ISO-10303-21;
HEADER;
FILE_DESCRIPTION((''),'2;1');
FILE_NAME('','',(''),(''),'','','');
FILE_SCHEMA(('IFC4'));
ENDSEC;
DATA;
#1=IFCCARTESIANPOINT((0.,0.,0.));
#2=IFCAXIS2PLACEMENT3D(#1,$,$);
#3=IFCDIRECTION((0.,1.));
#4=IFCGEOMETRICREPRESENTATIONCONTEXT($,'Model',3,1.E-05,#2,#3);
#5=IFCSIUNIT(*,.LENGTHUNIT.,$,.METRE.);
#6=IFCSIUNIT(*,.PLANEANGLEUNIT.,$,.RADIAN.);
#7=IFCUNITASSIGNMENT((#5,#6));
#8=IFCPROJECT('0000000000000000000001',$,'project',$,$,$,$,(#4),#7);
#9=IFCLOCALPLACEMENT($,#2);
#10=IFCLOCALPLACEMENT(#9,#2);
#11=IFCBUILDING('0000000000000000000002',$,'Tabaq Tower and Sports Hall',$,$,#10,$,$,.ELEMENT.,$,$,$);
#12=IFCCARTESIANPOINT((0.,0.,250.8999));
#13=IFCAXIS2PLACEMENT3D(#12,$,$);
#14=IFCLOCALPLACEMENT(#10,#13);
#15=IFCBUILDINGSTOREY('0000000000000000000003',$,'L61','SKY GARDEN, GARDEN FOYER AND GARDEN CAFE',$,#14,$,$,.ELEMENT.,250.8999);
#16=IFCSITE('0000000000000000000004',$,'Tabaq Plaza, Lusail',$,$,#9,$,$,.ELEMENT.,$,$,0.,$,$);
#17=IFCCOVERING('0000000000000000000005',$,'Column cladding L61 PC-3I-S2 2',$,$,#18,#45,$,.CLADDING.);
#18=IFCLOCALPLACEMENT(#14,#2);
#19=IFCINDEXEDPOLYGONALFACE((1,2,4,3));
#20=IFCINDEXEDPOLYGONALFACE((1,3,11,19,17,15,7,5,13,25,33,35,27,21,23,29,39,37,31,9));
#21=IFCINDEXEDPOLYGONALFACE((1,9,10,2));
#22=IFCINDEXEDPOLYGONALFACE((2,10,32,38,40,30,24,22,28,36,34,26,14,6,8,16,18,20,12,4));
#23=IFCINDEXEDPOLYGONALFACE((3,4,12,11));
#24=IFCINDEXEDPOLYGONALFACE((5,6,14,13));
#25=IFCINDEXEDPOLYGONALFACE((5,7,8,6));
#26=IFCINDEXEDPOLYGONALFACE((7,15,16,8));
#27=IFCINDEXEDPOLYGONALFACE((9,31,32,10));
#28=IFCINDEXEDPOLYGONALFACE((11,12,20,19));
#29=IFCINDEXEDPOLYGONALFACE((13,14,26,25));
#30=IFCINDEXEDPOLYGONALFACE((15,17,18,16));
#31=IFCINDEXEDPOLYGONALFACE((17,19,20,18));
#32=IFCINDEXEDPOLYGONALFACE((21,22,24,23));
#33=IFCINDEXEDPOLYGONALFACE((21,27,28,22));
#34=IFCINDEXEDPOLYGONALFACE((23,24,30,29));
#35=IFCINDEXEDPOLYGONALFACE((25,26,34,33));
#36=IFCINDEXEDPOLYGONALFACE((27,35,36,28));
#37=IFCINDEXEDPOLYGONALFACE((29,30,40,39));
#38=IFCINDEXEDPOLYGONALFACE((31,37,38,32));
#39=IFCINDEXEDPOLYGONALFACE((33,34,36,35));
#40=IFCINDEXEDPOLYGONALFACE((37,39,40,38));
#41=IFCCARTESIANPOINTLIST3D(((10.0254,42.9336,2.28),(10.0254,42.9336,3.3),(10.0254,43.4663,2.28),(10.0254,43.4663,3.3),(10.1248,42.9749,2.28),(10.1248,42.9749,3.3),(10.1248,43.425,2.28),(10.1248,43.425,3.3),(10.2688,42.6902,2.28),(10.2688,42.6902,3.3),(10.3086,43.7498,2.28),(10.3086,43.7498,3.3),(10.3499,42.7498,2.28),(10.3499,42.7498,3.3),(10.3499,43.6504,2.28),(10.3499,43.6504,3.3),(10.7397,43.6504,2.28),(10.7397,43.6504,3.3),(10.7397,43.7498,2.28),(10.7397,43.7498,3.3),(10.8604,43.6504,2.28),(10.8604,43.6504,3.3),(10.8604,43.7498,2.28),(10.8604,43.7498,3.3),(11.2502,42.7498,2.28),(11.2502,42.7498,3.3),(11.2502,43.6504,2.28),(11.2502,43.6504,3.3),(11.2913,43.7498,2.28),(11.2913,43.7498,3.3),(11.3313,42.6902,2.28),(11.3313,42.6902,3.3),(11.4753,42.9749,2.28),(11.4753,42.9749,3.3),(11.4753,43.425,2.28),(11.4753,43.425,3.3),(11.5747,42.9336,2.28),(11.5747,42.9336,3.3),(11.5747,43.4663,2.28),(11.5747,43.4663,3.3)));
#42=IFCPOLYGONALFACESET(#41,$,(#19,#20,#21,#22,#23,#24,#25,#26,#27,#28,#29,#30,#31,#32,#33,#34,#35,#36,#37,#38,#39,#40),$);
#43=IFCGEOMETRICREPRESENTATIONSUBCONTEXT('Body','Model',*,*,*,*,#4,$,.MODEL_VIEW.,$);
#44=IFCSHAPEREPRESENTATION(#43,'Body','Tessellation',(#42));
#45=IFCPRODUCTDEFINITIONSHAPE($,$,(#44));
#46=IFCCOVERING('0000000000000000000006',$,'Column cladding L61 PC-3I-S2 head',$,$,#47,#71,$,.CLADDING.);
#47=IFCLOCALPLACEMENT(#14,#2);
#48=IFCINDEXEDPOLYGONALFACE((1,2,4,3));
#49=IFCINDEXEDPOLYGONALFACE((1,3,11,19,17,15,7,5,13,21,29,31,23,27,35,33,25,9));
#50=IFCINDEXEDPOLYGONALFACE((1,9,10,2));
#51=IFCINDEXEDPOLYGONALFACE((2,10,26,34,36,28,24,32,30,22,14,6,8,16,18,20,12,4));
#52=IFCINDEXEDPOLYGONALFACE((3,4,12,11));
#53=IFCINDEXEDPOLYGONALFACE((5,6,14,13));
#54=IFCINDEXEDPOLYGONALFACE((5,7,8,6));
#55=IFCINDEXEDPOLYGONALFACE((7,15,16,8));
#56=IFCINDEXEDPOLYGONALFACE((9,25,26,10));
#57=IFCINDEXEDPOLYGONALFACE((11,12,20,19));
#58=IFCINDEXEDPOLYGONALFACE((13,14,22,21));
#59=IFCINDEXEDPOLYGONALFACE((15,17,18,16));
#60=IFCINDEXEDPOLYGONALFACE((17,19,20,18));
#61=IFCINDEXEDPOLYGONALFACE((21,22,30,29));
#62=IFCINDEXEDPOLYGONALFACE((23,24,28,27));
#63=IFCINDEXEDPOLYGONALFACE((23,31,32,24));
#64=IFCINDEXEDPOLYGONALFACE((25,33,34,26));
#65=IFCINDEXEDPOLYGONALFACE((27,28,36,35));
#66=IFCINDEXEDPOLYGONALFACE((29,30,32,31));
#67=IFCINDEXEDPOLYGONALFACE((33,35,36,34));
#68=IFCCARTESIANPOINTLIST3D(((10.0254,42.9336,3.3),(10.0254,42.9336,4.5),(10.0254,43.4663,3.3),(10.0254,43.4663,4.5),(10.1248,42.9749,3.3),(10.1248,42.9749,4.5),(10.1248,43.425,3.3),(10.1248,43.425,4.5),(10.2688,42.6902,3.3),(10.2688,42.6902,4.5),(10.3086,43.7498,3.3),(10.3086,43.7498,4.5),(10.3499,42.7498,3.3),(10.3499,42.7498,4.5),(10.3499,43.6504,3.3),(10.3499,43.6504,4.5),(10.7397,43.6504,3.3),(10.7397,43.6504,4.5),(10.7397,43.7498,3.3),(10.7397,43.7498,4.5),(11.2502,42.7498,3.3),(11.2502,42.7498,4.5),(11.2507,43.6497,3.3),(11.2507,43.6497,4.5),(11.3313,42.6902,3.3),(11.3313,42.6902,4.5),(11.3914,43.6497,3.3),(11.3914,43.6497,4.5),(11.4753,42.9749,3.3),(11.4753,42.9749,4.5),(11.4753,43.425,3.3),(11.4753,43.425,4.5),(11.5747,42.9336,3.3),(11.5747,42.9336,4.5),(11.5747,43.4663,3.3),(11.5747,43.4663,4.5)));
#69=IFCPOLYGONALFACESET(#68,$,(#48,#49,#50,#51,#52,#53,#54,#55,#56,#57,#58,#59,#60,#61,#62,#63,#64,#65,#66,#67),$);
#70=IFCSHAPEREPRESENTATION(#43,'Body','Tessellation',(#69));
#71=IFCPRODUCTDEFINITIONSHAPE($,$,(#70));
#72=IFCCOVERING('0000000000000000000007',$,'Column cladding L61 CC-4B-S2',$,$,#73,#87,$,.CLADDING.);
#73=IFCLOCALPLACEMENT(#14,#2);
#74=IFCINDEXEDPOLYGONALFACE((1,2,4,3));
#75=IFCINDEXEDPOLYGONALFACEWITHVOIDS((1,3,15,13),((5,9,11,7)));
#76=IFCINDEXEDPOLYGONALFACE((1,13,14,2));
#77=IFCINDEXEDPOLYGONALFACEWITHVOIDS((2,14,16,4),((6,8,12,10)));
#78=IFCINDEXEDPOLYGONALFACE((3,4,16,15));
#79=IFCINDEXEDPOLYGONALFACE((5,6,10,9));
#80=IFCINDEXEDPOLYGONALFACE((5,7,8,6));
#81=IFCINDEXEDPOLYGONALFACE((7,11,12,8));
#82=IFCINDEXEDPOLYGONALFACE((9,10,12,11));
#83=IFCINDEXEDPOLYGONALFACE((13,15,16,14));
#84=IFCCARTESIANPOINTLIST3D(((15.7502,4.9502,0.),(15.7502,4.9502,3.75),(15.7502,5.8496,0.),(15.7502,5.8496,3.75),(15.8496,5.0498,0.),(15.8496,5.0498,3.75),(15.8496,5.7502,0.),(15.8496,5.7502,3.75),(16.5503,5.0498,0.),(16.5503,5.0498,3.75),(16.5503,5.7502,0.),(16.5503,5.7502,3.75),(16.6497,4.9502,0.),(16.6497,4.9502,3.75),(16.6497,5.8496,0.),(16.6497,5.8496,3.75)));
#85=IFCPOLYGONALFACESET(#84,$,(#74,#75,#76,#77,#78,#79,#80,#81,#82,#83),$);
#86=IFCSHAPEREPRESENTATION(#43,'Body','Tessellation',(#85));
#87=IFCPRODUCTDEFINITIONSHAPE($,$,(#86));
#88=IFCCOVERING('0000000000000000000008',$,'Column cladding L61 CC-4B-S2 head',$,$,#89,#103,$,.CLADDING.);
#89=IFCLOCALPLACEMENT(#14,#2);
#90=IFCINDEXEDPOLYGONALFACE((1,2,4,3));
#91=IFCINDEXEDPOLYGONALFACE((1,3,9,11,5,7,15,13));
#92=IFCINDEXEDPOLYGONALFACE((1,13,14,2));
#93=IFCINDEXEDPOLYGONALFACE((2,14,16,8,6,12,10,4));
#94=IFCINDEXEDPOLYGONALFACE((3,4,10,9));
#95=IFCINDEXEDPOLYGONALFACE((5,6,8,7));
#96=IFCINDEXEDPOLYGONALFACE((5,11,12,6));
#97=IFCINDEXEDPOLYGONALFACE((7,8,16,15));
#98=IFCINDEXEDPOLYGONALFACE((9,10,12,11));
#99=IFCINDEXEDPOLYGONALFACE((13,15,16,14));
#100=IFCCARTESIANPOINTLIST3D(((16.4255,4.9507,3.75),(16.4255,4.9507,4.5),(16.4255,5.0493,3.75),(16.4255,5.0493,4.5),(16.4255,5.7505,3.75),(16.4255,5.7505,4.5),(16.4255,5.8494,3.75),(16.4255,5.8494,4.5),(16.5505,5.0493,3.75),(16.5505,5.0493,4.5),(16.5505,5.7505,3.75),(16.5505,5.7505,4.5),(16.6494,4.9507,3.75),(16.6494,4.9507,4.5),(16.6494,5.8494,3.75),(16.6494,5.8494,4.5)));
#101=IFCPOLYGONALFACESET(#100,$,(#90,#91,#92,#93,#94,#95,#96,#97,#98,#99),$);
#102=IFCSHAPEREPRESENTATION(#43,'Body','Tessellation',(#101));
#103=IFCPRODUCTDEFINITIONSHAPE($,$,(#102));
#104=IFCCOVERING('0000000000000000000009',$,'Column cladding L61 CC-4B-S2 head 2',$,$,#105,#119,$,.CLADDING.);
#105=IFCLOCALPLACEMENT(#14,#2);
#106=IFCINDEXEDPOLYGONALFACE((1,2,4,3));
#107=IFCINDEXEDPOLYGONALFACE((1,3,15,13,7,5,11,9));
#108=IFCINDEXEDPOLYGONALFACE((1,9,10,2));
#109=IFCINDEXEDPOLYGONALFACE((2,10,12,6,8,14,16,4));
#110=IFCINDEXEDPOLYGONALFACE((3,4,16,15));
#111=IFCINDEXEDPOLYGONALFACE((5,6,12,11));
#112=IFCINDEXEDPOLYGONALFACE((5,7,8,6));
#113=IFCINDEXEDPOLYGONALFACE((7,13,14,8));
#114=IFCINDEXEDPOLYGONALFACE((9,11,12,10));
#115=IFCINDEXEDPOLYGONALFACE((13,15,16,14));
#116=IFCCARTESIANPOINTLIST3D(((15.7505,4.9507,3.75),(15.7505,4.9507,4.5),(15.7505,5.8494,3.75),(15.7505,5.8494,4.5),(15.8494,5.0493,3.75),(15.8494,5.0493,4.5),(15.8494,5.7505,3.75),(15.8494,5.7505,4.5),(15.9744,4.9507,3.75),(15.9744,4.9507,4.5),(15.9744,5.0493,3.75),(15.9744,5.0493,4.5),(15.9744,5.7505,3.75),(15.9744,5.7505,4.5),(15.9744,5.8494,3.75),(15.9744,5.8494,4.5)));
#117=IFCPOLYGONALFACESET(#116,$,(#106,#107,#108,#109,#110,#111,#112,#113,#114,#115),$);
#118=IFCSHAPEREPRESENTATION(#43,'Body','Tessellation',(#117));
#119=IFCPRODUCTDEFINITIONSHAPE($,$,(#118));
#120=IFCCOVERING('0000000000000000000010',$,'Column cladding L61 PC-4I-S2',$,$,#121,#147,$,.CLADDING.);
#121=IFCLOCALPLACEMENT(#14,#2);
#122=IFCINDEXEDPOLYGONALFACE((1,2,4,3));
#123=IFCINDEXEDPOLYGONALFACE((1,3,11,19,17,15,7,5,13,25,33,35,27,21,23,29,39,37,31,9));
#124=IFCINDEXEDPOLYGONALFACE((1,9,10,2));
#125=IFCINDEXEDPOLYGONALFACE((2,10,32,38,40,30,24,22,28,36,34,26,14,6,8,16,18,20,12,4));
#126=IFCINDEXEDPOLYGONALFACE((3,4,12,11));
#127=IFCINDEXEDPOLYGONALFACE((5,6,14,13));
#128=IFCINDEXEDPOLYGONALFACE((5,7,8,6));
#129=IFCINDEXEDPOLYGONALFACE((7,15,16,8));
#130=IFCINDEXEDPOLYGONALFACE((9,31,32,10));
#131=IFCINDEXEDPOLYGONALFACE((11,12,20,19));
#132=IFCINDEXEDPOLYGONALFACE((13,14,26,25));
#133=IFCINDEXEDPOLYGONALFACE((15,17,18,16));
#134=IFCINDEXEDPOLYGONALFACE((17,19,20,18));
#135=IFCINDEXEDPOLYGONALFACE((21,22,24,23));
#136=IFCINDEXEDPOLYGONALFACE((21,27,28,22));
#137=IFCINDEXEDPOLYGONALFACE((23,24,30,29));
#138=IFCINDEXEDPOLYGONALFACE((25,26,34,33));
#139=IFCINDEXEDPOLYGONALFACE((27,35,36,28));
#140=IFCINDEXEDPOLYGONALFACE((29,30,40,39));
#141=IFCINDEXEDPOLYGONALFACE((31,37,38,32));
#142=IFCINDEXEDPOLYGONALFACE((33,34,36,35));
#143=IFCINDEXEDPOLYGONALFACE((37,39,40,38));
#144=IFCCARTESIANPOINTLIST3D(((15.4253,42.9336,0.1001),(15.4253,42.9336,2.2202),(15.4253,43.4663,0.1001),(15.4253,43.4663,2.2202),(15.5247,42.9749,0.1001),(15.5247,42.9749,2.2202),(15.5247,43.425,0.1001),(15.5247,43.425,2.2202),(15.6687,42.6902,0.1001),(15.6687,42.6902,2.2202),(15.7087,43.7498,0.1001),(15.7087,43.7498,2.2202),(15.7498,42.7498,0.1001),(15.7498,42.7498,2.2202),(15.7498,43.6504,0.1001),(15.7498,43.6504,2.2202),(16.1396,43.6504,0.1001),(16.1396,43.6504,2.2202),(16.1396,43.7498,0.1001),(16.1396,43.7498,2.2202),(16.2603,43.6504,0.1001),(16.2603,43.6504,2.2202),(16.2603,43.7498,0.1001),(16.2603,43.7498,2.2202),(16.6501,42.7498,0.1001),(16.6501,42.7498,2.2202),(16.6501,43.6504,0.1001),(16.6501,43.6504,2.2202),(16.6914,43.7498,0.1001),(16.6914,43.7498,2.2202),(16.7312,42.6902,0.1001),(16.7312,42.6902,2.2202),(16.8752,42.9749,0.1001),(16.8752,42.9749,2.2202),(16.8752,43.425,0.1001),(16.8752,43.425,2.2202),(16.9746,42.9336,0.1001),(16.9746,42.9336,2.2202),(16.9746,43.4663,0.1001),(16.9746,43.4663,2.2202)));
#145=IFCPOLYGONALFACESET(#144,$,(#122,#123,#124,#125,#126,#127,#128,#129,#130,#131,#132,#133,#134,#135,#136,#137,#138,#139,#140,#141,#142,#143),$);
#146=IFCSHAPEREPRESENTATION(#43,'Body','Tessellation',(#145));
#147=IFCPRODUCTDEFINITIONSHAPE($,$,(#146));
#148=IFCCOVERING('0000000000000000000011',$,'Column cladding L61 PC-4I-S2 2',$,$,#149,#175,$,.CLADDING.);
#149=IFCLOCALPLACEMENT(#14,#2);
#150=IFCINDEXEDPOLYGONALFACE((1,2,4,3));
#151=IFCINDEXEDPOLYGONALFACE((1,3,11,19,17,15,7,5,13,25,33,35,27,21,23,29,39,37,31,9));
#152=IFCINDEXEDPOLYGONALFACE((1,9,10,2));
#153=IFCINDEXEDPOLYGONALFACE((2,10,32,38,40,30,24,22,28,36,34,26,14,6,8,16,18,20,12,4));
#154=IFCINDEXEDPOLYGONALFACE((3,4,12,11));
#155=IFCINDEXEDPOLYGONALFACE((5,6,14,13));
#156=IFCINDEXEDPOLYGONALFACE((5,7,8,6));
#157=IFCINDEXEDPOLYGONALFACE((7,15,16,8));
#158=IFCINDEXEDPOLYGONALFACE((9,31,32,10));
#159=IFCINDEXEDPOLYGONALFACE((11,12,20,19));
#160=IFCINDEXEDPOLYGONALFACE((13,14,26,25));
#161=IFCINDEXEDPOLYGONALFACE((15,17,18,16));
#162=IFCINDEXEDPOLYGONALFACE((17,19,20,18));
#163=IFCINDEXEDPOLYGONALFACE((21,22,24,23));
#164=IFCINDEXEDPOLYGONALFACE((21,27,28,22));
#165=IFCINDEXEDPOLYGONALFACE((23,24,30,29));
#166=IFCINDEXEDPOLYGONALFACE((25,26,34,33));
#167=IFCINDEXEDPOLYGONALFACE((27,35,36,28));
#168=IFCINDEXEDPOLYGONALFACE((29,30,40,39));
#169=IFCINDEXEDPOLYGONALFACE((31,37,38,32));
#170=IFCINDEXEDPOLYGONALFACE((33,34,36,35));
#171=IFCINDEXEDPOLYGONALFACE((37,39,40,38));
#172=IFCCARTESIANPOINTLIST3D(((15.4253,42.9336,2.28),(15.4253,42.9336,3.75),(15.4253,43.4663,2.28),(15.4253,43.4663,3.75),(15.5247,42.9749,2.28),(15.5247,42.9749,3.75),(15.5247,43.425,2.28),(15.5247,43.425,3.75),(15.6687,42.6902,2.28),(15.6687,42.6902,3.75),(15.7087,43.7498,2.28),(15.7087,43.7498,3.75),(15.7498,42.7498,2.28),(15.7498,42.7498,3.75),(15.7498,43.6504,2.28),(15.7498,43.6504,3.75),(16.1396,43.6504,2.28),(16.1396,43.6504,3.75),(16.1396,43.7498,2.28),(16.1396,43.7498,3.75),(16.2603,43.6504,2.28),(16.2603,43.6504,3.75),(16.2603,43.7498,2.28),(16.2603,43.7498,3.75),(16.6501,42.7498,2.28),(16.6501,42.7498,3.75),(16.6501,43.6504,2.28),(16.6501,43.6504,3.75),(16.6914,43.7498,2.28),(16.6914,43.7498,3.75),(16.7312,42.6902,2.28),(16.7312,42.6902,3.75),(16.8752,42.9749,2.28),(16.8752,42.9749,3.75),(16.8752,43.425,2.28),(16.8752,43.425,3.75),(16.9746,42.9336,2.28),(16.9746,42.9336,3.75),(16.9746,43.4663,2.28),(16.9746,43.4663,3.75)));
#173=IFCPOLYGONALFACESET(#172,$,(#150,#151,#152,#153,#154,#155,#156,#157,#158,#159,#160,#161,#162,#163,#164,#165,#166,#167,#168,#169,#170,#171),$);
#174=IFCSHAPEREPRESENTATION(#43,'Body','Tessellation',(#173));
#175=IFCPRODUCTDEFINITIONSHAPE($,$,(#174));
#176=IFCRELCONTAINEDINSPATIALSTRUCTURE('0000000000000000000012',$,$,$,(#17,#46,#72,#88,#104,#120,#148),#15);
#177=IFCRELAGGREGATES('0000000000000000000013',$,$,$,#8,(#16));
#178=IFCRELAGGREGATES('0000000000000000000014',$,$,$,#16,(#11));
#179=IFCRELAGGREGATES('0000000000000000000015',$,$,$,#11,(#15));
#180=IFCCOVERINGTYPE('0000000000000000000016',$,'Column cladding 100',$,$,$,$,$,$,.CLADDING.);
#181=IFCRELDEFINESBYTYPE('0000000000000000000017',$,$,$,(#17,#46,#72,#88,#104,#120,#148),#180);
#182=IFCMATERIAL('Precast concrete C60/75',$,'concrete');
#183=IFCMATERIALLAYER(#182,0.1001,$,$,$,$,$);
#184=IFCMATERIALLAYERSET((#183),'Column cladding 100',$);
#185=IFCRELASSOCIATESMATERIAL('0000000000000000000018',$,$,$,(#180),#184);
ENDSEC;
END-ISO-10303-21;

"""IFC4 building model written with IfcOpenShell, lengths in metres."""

from ifc_helpers import new_model, si_unit, direction, frame, origin, place, context, subcontext, project, spatial, polyline, outline, extrude, material, layer, layer_set, type_object, element, save


model = new_model("IFC4")

# Units and contexts
model_context = context("Model", 3, precision=1e-05, world=origin(), true_north=direction((0.0, 1.0)))
body_context = subcontext(model_context, "Body", "Model", "MODEL_VIEW")
ifc_project = project(units=[si_unit("LENGTHUNIT", "METRE"), si_unit("PLANEANGLEUNIT", "RADIAN")], contexts=[model_context])

# Site, building, storey
site_placement = place(None, origin())
site = spatial("IfcSite", under=ifc_project, at=site_placement, Name="Tabaq Plaza, Lusail", CompositionType="ELEMENT", RefElevation=0.0)
building_placement = place(site_placement, origin())
building = spatial("IfcBuilding", under=site, at=building_placement, Name="Tabaq Tower and Sports Hall", CompositionType="ELEMENT")
storey_placement = place(building_placement, frame((0.0, 0.0, 250.8999)))
storey = spatial("IfcBuildingStorey", under=building, at=storey_placement, Name="L61", Description="SKY GARDEN, GARDEN FOYER AND GARDEN CAFE", CompositionType="ELEMENT", Elevation=250.8999)

# Coverings
ifc_material_1 = material(Name="Precast concrete C60/75", Category="concrete")
ifc_layer_1 = layer(ifc_material_1, 0.1001)
ifc_layer_set_1 = layer_set([ifc_layer_1], Name="Column cladding 100")
covering_type = type_object("IfcCoveringType", Name="Column cladding 100", PredefinedType="CLADDING", material=ifc_layer_set_1)
covering_1_placement = place(storey_placement, frame((0.0, 0.0, 2.28)))
element("IfcCovering", 1, at=covering_1_placement, inside=storey, type_object=covering_type, Name="Column cladding L61 PC-3I-S2 2", PredefinedType="CLADDING", context=body_context, shape_type="SweptSolid", body=[
    extrude(outline(polyline([(10.0254, 43.4663), (10.3086, 43.7498), (10.7397, 43.7498), (10.7397, 43.6504), (10.3499, 43.6504), (10.1248, 43.425), (10.1248, 42.9749), (10.3499, 42.7498), (11.2502, 42.7498), (11.4753, 42.9749), (11.4753, 43.425), (11.2502, 43.6504), (10.8604, 43.6504), (10.8604, 43.7498), (11.2913, 43.7498), (11.5747, 43.4663), (11.5747, 42.9336), (11.3313, 42.6902), (10.2688, 42.6902), (10.0254, 42.9336), (10.0254, 43.4663)])), origin(), (0.0, 0.0, 1.0), 1.02),
])
covering_2_placement = place(storey_placement, frame((0.0, 0.0, 3.3)))
element("IfcCovering", 2, at=covering_2_placement, inside=storey, type_object=covering_type, Name="Column cladding L61 PC-3I-S2 head", PredefinedType="CLADDING", context=body_context, shape_type="SweptSolid", body=[
    extrude(outline(polyline([(10.3086, 43.7498), (10.7397, 43.7498), (10.7397, 43.6504), (10.3499, 43.6504), (10.1248, 43.425), (10.1248, 42.9749), (10.3499, 42.7498), (11.2502, 42.7498), (11.4753, 42.9749), (11.4753, 43.425), (11.2507, 43.6497), (11.3914, 43.6497), (11.5747, 43.4663), (11.5747, 42.9336), (11.3313, 42.6902), (10.2688, 42.6902), (10.0254, 42.9336), (10.0254, 43.4663), (10.3086, 43.7498)])), origin(), (0.0, 0.0, 1.0), 1.2),
])
covering_3_placement = place(storey_placement, origin())
element("IfcCovering", 3, at=covering_3_placement, inside=storey, type_object=covering_type, Name="Column cladding L61 CC-4B-S2", PredefinedType="CLADDING", context=body_context, shape_type="SweptSolid", body=[
    extrude(outline(polyline([(15.7502, 5.8496), (16.6497, 5.8496), (16.6497, 4.9502), (15.7502, 4.9502), (15.7502, 5.8496)]), holes=[polyline([(16.5503, 5.0498), (16.5503, 5.7502), (15.8496, 5.7502), (15.8496, 5.0498), (16.5503, 5.0498)])]), origin(), (0.0, 0.0, 1.0), 3.75),
])
covering_4_placement = place(storey_placement, frame((0.0, 0.0, 3.75)))
element("IfcCovering", 4, at=covering_4_placement, inside=storey, type_object=covering_type, Name="Column cladding L61 CC-4B-S2 head", PredefinedType="CLADDING", context=body_context, shape_type="SweptSolid", body=[
    extrude(outline(polyline([(16.4255, 5.0493), (16.5505, 5.0493), (16.5505, 5.7505), (16.4255, 5.7505), (16.4255, 5.8494), (16.6494, 5.8494), (16.6494, 4.9507), (16.4255, 4.9507), (16.4255, 5.0493)])), origin(), (0.0, 0.0, 1.0), 0.75),
])
covering_5_placement = place(storey_placement, frame((0.0, 0.0, 3.75)))
element("IfcCovering", 5, at=covering_5_placement, inside=storey, type_object=covering_type, Name="Column cladding L61 CC-4B-S2 head 2", PredefinedType="CLADDING", context=body_context, shape_type="SweptSolid", body=[
    extrude(outline(polyline([(15.9744, 5.0493), (15.9744, 4.9507), (15.7505, 4.9507), (15.7505, 5.8494), (15.9744, 5.8494), (15.9744, 5.7505), (15.8494, 5.7505), (15.8494, 5.0493), (15.9744, 5.0493)])), origin(), (0.0, 0.0, 1.0), 0.75),
])
covering_6_placement = place(storey_placement, frame((0.0, 0.0, 0.1001)))
element("IfcCovering", 6, at=covering_6_placement, inside=storey, type_object=covering_type, Name="Column cladding L61 PC-4I-S2", PredefinedType="CLADDING", context=body_context, shape_type="SweptSolid", body=[
    extrude(outline(polyline([(15.4253, 43.4663), (15.7087, 43.7498), (16.1396, 43.7498), (16.1396, 43.6504), (15.7498, 43.6504), (15.5247, 43.425), (15.5247, 42.9749), (15.7498, 42.7498), (16.6501, 42.7498), (16.8752, 42.9749), (16.8752, 43.425), (16.6501, 43.6504), (16.2603, 43.6504), (16.2603, 43.7498), (16.6914, 43.7498), (16.9746, 43.4663), (16.9746, 42.9336), (16.7312, 42.6902), (15.6687, 42.6902), (15.4253, 42.9336), (15.4253, 43.4663)])), origin(), (0.0, 0.0, 1.0), 2.1201),
])
covering_7_placement = place(storey_placement, frame((0.0, 0.0, 2.28)))
element("IfcCovering", 7, at=covering_7_placement, inside=storey, type_object=covering_type, Name="Column cladding L61 PC-4I-S2 2", PredefinedType="CLADDING", context=body_context, shape_type="SweptSolid", body=[
    extrude(outline(polyline([(15.4253, 43.4663), (15.7087, 43.7498), (16.1396, 43.7498), (16.1396, 43.6504), (15.7498, 43.6504), (15.5247, 43.425), (15.5247, 42.9749), (15.7498, 42.7498), (16.6501, 42.7498), (16.8752, 42.9749), (16.8752, 43.425), (16.6501, 43.6504), (16.2603, 43.6504), (16.2603, 43.7498), (16.6914, 43.7498), (16.9746, 43.4663), (16.9746, 42.9336), (16.7312, 42.6902), (15.6687, 42.6902), (15.4253, 42.9336), (15.4253, 43.4663)])), origin(), (0.0, 0.0, 1.0), 1.47),
])

save(model, "model.ifc")
